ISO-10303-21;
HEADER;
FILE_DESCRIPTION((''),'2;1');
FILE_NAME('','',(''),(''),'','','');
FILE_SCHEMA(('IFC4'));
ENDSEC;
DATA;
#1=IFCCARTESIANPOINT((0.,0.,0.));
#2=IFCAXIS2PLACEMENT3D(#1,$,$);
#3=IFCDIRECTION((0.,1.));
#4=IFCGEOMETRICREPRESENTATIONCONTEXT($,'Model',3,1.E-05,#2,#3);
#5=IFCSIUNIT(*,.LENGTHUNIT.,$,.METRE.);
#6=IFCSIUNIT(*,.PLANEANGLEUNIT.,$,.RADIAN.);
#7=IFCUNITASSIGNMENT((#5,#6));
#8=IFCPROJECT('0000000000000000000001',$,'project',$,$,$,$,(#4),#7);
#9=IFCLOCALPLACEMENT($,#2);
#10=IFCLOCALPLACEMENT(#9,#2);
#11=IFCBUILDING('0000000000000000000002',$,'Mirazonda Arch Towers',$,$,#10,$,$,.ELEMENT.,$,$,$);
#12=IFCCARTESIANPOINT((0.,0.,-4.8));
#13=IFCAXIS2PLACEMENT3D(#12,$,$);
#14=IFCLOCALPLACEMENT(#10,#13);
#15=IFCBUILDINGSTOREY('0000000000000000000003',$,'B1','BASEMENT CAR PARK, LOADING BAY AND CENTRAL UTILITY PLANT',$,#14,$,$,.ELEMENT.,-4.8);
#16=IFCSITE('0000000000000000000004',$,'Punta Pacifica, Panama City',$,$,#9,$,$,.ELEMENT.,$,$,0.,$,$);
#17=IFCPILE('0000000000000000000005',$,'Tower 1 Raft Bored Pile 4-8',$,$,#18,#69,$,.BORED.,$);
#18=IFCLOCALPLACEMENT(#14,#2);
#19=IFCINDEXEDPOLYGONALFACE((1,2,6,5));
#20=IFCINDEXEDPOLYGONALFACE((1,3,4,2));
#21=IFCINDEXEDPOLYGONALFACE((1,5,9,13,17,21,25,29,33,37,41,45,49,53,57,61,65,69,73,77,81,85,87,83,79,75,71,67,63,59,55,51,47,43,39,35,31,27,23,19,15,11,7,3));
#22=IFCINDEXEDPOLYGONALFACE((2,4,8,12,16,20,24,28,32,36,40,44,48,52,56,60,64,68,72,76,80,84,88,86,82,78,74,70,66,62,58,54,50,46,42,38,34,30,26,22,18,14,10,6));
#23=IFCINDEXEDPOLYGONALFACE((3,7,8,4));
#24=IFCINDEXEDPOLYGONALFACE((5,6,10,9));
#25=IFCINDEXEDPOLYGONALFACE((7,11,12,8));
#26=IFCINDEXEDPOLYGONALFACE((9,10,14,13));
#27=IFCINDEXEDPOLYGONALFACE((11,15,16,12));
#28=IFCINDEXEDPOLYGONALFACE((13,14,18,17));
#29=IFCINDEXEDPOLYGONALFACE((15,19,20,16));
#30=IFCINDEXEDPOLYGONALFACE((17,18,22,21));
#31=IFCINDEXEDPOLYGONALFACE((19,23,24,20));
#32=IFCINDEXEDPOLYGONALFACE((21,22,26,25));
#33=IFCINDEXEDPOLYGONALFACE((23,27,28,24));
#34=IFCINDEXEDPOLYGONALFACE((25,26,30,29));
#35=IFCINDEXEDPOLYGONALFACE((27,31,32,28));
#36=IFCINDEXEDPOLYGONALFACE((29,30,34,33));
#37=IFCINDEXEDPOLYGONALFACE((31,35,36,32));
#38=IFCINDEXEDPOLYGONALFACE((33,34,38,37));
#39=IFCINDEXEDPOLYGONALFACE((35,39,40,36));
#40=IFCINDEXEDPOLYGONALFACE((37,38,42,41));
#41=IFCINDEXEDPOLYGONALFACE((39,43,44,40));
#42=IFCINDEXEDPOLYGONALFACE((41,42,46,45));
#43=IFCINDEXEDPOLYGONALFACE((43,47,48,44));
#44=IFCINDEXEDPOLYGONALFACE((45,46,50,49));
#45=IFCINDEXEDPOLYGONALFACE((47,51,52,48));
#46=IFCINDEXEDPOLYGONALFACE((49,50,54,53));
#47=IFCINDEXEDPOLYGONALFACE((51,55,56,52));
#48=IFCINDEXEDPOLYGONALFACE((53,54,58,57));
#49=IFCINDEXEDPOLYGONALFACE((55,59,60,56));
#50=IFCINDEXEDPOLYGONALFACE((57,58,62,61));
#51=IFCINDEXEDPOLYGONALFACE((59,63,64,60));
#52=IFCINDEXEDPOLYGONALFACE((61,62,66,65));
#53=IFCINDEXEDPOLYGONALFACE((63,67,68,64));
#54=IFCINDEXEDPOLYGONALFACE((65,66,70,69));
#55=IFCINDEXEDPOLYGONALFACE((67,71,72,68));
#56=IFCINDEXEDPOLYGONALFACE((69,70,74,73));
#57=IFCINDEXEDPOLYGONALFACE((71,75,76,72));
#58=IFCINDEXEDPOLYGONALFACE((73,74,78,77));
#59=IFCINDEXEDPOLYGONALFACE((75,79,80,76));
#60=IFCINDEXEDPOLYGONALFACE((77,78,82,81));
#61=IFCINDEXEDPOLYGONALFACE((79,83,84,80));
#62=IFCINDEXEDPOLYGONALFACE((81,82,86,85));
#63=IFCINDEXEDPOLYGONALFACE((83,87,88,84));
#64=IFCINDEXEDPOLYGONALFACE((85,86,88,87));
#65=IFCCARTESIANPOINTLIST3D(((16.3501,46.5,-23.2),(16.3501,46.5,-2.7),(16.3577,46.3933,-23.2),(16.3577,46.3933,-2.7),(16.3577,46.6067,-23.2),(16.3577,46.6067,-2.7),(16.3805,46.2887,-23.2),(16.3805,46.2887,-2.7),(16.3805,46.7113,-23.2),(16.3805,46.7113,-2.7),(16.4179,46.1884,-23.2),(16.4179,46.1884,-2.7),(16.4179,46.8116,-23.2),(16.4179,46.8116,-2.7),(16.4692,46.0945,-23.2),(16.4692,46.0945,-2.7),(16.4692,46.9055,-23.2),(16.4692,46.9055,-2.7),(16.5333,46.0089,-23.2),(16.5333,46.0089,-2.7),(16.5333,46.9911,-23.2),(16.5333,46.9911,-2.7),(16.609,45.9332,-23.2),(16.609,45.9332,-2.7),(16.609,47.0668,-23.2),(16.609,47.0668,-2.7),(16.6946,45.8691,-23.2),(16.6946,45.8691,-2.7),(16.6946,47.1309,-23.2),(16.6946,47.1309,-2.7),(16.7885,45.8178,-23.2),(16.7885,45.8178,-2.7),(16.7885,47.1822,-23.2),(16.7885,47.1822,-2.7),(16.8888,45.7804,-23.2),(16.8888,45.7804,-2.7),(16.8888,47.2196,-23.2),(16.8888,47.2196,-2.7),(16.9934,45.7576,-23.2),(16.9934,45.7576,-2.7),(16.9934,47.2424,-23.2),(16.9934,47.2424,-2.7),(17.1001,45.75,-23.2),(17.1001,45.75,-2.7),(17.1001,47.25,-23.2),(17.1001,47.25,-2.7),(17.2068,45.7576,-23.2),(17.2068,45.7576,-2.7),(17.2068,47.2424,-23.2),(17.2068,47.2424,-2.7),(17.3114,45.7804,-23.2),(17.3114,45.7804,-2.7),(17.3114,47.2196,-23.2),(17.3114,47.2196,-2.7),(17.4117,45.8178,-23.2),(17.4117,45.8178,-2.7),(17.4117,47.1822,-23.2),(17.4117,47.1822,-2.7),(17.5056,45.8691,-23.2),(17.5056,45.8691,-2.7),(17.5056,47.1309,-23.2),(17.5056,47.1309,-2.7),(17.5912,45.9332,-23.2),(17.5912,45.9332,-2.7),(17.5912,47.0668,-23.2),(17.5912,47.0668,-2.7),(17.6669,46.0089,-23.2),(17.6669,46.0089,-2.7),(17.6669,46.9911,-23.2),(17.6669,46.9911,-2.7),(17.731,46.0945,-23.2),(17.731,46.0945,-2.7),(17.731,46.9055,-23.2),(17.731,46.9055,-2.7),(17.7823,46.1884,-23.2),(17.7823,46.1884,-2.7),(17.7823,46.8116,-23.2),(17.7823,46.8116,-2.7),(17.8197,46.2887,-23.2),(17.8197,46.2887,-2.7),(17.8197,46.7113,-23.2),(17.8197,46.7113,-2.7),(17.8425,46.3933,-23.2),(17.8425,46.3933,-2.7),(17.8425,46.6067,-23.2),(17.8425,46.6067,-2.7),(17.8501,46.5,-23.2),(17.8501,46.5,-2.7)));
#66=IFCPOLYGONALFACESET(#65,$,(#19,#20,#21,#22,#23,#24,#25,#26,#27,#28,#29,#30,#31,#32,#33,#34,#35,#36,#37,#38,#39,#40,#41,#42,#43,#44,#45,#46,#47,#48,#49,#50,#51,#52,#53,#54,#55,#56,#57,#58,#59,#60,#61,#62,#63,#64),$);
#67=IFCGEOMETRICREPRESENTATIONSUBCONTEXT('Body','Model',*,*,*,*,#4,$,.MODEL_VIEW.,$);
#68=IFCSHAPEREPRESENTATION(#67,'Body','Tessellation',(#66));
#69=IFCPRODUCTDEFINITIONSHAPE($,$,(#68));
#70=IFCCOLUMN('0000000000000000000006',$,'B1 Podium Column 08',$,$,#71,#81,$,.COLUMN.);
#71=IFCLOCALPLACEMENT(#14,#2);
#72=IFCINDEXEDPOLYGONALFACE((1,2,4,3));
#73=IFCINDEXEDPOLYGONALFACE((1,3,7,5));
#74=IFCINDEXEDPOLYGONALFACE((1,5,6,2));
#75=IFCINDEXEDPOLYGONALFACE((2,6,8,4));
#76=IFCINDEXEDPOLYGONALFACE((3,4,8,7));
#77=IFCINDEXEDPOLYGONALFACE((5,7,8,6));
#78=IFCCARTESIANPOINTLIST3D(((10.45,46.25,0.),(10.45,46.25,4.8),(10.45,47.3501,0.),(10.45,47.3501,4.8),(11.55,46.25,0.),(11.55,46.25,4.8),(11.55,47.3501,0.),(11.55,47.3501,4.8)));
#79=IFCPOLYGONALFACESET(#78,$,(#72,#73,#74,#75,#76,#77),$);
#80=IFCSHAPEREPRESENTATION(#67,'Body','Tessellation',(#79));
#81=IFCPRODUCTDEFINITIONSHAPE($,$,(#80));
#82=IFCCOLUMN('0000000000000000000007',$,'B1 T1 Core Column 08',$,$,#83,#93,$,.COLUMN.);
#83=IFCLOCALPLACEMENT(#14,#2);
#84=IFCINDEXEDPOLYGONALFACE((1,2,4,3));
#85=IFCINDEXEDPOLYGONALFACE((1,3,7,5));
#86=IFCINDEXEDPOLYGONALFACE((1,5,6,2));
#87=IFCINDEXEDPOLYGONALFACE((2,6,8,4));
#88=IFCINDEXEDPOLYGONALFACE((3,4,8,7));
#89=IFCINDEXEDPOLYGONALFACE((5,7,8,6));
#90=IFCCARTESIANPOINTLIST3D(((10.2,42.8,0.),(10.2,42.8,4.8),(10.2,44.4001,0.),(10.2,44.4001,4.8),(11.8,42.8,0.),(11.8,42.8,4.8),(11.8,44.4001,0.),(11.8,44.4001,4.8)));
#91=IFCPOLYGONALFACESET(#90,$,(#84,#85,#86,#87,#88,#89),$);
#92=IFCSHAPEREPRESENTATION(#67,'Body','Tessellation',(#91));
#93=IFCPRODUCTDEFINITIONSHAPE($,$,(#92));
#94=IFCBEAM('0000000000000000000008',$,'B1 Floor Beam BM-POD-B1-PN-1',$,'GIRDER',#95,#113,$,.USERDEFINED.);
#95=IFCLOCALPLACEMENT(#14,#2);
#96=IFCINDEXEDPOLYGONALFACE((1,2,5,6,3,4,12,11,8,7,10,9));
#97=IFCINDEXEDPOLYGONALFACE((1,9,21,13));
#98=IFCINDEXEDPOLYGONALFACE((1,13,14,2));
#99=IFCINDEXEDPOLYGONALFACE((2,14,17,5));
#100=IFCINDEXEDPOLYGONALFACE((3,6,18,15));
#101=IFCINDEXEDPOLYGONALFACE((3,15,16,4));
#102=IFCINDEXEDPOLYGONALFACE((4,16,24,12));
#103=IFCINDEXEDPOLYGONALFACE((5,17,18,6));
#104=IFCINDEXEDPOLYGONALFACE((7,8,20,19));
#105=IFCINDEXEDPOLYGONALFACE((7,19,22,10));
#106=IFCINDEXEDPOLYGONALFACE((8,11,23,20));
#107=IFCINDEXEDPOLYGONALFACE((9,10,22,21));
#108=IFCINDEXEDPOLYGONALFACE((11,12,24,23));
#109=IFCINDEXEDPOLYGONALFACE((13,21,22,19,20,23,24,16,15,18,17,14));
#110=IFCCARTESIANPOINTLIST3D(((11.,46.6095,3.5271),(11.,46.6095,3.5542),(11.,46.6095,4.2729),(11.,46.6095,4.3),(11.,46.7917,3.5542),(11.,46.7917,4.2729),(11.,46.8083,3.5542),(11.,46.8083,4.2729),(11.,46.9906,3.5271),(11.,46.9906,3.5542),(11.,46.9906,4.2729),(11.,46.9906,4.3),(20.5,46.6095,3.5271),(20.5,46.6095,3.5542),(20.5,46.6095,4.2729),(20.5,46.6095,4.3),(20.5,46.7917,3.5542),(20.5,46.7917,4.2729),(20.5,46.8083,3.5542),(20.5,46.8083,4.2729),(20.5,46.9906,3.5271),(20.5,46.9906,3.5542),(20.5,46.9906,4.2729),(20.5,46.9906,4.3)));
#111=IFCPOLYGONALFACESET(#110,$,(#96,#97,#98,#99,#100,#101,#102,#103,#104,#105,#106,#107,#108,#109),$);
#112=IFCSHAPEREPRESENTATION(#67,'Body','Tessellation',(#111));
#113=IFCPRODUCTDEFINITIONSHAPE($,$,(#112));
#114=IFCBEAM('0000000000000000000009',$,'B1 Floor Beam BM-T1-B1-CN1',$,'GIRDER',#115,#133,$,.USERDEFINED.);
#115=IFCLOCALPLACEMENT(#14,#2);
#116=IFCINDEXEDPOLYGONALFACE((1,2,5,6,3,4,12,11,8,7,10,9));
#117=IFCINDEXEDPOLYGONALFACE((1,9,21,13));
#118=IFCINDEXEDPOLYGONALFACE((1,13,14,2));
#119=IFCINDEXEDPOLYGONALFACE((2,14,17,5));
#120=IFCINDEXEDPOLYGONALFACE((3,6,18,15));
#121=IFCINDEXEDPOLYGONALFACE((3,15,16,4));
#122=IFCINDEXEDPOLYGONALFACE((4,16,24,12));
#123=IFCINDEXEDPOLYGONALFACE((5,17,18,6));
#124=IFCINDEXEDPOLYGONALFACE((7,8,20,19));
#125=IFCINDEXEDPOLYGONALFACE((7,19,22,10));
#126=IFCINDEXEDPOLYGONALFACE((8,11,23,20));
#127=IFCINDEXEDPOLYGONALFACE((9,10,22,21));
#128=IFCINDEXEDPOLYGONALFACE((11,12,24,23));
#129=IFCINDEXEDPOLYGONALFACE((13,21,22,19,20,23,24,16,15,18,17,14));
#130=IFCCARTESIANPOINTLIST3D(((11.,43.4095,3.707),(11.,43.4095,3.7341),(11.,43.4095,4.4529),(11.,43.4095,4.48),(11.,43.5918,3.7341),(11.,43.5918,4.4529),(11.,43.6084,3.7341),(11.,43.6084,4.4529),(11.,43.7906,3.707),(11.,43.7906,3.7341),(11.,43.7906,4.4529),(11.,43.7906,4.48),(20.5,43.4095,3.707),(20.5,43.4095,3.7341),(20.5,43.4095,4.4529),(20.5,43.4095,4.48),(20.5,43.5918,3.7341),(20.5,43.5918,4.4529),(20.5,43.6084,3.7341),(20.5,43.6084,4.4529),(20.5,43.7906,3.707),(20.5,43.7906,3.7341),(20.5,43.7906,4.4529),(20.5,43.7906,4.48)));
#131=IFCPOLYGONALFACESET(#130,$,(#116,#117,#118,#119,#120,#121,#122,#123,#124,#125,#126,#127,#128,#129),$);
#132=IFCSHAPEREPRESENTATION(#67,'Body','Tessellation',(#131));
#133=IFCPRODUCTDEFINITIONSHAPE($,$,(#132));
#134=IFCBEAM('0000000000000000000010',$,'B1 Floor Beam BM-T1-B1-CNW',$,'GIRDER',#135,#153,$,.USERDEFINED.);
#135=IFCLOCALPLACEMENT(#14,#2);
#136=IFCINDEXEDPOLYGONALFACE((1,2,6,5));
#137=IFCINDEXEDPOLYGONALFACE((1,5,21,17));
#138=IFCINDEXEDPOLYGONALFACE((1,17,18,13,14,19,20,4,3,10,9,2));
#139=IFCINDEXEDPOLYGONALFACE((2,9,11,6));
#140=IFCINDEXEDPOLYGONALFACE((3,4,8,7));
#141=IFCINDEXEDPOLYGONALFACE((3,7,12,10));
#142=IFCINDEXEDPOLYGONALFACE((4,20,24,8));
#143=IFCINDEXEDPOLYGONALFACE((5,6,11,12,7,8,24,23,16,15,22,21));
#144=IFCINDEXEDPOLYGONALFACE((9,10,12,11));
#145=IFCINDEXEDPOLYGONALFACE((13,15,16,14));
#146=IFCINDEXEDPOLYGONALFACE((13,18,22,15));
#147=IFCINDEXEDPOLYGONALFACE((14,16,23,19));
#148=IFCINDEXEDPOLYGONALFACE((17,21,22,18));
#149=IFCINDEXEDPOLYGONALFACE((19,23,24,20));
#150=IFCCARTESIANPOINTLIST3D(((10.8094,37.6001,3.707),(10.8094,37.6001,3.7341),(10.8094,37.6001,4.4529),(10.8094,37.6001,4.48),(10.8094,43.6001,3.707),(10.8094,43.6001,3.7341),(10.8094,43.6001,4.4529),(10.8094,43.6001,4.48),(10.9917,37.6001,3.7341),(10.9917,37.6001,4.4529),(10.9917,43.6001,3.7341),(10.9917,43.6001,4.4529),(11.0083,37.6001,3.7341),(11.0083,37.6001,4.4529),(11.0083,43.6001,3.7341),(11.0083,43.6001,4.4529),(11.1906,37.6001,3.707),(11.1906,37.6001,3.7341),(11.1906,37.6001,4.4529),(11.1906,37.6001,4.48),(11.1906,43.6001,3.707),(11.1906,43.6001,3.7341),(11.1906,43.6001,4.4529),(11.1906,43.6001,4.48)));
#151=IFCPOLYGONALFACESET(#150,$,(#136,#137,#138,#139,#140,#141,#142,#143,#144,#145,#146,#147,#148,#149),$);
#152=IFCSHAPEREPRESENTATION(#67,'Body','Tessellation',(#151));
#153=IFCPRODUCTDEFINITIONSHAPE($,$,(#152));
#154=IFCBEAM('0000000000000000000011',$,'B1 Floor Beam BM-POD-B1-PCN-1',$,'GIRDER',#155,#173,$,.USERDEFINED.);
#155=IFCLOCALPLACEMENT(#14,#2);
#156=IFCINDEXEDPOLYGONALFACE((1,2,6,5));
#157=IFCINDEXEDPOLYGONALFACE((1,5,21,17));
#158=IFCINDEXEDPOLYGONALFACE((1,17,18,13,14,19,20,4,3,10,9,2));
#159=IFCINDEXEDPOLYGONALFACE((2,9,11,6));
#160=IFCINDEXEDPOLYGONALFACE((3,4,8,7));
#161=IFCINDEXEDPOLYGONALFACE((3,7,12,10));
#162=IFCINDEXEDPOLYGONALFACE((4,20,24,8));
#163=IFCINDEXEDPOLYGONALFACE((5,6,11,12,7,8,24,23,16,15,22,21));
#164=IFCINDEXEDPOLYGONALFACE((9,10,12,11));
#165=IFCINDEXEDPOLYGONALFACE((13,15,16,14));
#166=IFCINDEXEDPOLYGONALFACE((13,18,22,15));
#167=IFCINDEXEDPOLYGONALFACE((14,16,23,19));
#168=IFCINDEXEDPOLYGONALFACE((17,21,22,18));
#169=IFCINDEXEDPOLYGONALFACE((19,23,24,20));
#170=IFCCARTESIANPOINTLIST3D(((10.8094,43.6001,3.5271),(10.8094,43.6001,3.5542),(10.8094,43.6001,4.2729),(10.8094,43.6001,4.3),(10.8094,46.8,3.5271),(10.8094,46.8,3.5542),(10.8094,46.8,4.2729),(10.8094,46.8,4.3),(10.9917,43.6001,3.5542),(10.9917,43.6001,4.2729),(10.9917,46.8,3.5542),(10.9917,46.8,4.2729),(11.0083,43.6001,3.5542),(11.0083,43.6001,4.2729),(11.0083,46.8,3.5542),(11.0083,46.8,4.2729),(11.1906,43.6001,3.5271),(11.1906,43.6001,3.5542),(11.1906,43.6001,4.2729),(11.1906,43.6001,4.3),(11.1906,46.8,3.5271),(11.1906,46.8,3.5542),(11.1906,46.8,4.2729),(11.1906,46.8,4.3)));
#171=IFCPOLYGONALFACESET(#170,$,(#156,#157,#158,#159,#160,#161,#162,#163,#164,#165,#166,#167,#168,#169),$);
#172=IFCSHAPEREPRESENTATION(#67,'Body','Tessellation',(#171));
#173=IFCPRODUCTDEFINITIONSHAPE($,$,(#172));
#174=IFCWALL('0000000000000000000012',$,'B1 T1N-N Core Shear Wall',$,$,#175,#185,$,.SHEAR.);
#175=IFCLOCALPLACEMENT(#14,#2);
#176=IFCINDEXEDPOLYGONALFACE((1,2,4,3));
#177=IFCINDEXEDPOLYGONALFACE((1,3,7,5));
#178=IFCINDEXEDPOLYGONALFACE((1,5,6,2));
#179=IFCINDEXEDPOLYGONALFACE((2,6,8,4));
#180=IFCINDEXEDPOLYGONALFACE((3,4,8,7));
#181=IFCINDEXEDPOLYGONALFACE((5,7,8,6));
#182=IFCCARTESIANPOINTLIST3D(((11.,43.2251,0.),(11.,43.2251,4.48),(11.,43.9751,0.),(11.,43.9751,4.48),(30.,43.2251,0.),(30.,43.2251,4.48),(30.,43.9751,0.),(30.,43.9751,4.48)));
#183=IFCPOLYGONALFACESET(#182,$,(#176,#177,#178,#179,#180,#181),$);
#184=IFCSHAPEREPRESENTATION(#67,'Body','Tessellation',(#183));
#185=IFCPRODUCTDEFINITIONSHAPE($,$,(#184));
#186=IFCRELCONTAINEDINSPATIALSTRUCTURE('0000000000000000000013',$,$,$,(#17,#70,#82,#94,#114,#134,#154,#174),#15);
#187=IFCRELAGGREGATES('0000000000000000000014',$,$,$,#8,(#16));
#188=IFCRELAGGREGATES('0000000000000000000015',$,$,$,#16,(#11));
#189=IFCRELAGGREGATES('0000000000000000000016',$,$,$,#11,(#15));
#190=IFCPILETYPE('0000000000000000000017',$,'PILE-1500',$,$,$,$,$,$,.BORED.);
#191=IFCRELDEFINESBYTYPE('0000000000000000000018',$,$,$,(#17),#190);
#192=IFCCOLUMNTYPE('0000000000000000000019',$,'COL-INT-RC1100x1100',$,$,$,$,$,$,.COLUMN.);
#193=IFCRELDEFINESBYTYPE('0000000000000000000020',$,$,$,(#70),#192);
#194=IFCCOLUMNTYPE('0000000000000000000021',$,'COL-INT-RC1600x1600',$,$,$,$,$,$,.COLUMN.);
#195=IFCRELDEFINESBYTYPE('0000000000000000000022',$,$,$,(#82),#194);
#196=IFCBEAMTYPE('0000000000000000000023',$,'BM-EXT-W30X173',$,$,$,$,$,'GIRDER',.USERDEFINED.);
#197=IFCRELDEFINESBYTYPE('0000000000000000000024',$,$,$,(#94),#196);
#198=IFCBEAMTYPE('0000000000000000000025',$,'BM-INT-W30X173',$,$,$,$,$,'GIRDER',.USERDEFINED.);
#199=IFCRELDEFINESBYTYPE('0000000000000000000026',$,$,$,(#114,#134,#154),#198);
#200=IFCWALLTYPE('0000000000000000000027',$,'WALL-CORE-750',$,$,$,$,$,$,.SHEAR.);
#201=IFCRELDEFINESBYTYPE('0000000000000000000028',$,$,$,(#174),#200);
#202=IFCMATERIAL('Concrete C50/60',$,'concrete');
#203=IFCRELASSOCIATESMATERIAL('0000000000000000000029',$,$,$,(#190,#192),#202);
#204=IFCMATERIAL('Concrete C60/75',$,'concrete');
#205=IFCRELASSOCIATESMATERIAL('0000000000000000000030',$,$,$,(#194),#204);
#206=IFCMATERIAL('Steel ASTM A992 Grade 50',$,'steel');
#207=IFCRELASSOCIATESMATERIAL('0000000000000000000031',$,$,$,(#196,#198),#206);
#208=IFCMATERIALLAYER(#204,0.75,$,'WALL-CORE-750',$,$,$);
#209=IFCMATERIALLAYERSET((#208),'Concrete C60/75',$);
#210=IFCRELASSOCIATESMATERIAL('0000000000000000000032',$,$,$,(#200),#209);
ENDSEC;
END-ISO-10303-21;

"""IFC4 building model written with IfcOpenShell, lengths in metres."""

from ifc_helpers import new_model, si_unit, direction, frame, frame_2d, origin, origin_2d, place, context, subcontext, project, spatial, rectangle, circle, i_section, extrude, material, layer, layer_set, material_profile, profile_set, type_object, element, save


model = new_model("IFC4")

# Units and contexts
model_context = context("Model", 3, precision=1e-05, world=origin(), true_north=direction((0.0, 1.0)))
body_context = subcontext(model_context, "Body", "Model", "MODEL_VIEW")
ifc_project = project(units=[si_unit("LENGTHUNIT", "METRE"), si_unit("PLANEANGLEUNIT", "RADIAN")], contexts=[model_context])

# Site, building, storey
site_placement = place(None, origin())
site = spatial("IfcSite", under=ifc_project, at=site_placement, Name="Punta Pacifica, Panama City", CompositionType="ELEMENT", RefElevation=0.0)
building_placement = place(site_placement, origin())
building = spatial("IfcBuilding", under=site, at=building_placement, Name="Mirazonda Arch Towers", CompositionType="ELEMENT")
storey_placement = place(building_placement, frame((0.0, 0.0, -4.8)))
storey = spatial("IfcBuildingStorey", under=building, at=storey_placement, Name="B1", Description="BASEMENT CAR PARK, LOADING BAY AND CENTRAL UTILITY PLANT", CompositionType="ELEMENT", Elevation=-4.8)

# Pile
ifc_material_1 = material(Name="Concrete C50/60", Category="concrete")
ifc_material_profile_1 = material_profile(ifc_material_1, circle(Radius=0.75, at=origin_2d()), Name="BORED-D1500")
ifc_profile_set_1 = profile_set([ifc_material_profile_1], Name="Concrete C50/60")
pile_type = type_object("IfcPileType", Name="PILE-1500", PredefinedType="BORED", material=ifc_profile_set_1)
for number, where, z_axis, x_axis, name in (
    (1, (17.1001, 46.5, -2.7), (0.0, 0.0, -1.0), (1.0, 0.0, 0.0), "Tower 1 Raft Bored Pile 4-8"),
):
    element("IfcPile", number, at=place(storey_placement, frame(where, z_axis=z_axis, x_axis=x_axis)), inside=storey, type_object=pile_type, Name=name, PredefinedType="BORED", context=body_context, shape_type="SweptSolid", body=[
        extrude(circle(Radius=0.75, at=origin_2d()), origin(), (0.0, 0.0, 1.0), 20.5),
    ])

# Columns
ifc_material_profile_2 = material_profile(ifc_material_1, rectangle(XDim=1.1001, YDim=1.1001, at=origin_2d()), Name="RC1100x1100")
ifc_profile_set_2 = profile_set([ifc_material_profile_2], Name="Concrete C50/60")
column_type_1 = type_object("IfcColumnType", Name="COL-INT-RC1100x1100", PredefinedType="COLUMN", material=ifc_profile_set_2)
column_1_placement = place(storey_placement, frame((11.0, 46.8, 0.0), z_axis=(0.0, 0.0, 1.0), x_axis=(1.0, 0.0, 0.0)))
element("IfcColumn", 2, at=column_1_placement, inside=storey, type_object=column_type_1, Name="B1 Podium Column 08", PredefinedType="COLUMN", context=body_context, shape_type="SweptSolid", body=[
    extrude(rectangle(XDim=1.1001, YDim=1.1001, at=origin_2d()), origin(), (0.0, 0.0, 1.0), 4.8),
])
ifc_material_2 = material(Name="Concrete C60/75", Category="concrete")
ifc_material_profile_3 = material_profile(ifc_material_2, rectangle(XDim=1.6001, YDim=1.6001, at=origin_2d()), Name="RC1600x1600")
ifc_profile_set_3 = profile_set([ifc_material_profile_3], Name="Concrete C60/75")
column_type_2 = type_object("IfcColumnType", Name="COL-INT-RC1600x1600", PredefinedType="COLUMN", material=ifc_profile_set_3)
column_2_placement = place(storey_placement, frame((11.0, 43.6001, 0.0), z_axis=(0.0, 0.0, 1.0), x_axis=(1.0, 0.0, 0.0)))
element("IfcColumn", 3, at=column_2_placement, inside=storey, type_object=column_type_2, Name="B1 T1 Core Column 08", PredefinedType="COLUMN", context=body_context, shape_type="SweptSolid", body=[
    extrude(rectangle(XDim=1.6001, YDim=1.6001, at=origin_2d()), origin(), (0.0, 0.0, 1.0), 4.8),
])

# Beams
ifc_material_3 = material(Name="Steel ASTM A992 Grade 50", Category="steel")
ifc_material_profile_4 = material_profile(ifc_material_3, i_section(OverallWidth=0.3811, OverallDepth=0.7729, WebThickness=0.0166, FlangeThickness=0.0271, at=origin_2d()), Name="W30X173")
ifc_profile_set_4 = profile_set([ifc_material_profile_4], Name="Steel ASTM A992 Grade 50")
beam_type_1 = type_object("IfcBeamType", Name="BM-EXT-W30X173", ElementType="GIRDER", PredefinedType="USERDEFINED", material=ifc_profile_set_4)
beam_1_placement = place(storey_placement, frame((11.0, 46.8, 3.9136), z_axis=(1.0, 0.0, 0.0), x_axis=(0.0, 1.0, 0.0)))
element("IfcBeam", 4, at=beam_1_placement, inside=storey, type_object=beam_type_1, Name="B1 Floor Beam BM-POD-B1-PN-1", ObjectType="GIRDER", PredefinedType="USERDEFINED", context=body_context, shape_type="SweptSolid", body=[
    extrude(i_section(OverallWidth=0.3811, OverallDepth=0.7729, WebThickness=0.0166, FlangeThickness=0.0271, at=origin_2d()), origin(), (0.0, 0.0, 1.0), 9.5),
])
ifc_material_profile_5 = material_profile(ifc_material_3, i_section(OverallWidth=0.3811, OverallDepth=0.7729, WebThickness=0.0166, FlangeThickness=0.0271, at=origin_2d()), Name="W30X173")
ifc_profile_set_5 = profile_set([ifc_material_profile_5], Name="Steel ASTM A992 Grade 50")
beam_type_2 = type_object("IfcBeamType", Name="BM-INT-W30X173", ElementType="GIRDER", PredefinedType="USERDEFINED", material=ifc_profile_set_5)
beam_2_placement = place(storey_placement, frame((11.0, 43.6001, 4.0935), z_axis=(1.0, 0.0, 0.0), x_axis=(0.0, 1.0, 0.0)))
element("IfcBeam", 5, at=beam_2_placement, inside=storey, type_object=beam_type_2, Name="B1 Floor Beam BM-T1-B1-CN1", ObjectType="GIRDER", PredefinedType="USERDEFINED", context=body_context, shape_type="SweptSolid", body=[
    extrude(i_section(OverallWidth=0.3811, OverallDepth=0.7729, WebThickness=0.0166, FlangeThickness=0.0271, at=origin_2d()), origin(), (0.0, 0.0, 1.0), 9.5),
])
beam_3_placement = place(storey_placement, frame((11.0, 37.6001, 4.0935), z_axis=(0.0, 1.0, 0.0), x_axis=(-1.0, 0.0, 0.0)))
element("IfcBeam", 6, at=beam_3_placement, inside=storey, type_object=beam_type_2, Name="B1 Floor Beam BM-T1-B1-CNW", ObjectType="GIRDER", PredefinedType="USERDEFINED", context=body_context, shape_type="SweptSolid", body=[
    extrude(i_section(OverallWidth=0.3811, OverallDepth=0.7729, WebThickness=0.0166, FlangeThickness=0.0271, at=origin_2d()), origin(), (0.0, 0.0, 1.0), 6.0),
])
beam_4_placement = place(storey_placement, frame((11.0, 43.6001, 3.9136), z_axis=(0.0, 1.0, 0.0), x_axis=(-1.0, 0.0, 0.0)))
element("IfcBeam", 7, at=beam_4_placement, inside=storey, type_object=beam_type_2, Name="B1 Floor Beam BM-POD-B1-PCN-1", ObjectType="GIRDER", PredefinedType="USERDEFINED", context=body_context, shape_type="SweptSolid", body=[
    extrude(i_section(OverallWidth=0.3811, OverallDepth=0.7729, WebThickness=0.0166, FlangeThickness=0.0271, at=origin_2d()), origin(), (0.0, 0.0, 1.0), 3.2),
])

# Wall
ifc_layer_1 = layer(ifc_material_2, 0.75, Name="WALL-CORE-750")
ifc_layer_set_1 = layer_set([ifc_layer_1], Name="Concrete C60/75")
wall_type_1 = type_object("IfcWallType", Name="WALL-CORE-750", PredefinedType="SHEAR", material=ifc_layer_set_1)
wall_1_placement = place(storey_placement, frame((11.0, 43.6001, 0.0), z_axis=(0.0, 0.0, 1.0), x_axis=(1.0, 0.0, 0.0)))
element("IfcWall", 8, at=wall_1_placement, inside=storey, type_object=wall_type_1, Name="B1 T1N-N Core Shear Wall", PredefinedType="SHEAR", context=body_context, shape_type="SweptSolid", body=[
    extrude(rectangle(XDim=19.0, YDim=0.75, at=frame_2d((9.5, 0.0))), origin(), (0.0, 0.0, 1.0), 4.48),
])

save(model, "model.ifc")
